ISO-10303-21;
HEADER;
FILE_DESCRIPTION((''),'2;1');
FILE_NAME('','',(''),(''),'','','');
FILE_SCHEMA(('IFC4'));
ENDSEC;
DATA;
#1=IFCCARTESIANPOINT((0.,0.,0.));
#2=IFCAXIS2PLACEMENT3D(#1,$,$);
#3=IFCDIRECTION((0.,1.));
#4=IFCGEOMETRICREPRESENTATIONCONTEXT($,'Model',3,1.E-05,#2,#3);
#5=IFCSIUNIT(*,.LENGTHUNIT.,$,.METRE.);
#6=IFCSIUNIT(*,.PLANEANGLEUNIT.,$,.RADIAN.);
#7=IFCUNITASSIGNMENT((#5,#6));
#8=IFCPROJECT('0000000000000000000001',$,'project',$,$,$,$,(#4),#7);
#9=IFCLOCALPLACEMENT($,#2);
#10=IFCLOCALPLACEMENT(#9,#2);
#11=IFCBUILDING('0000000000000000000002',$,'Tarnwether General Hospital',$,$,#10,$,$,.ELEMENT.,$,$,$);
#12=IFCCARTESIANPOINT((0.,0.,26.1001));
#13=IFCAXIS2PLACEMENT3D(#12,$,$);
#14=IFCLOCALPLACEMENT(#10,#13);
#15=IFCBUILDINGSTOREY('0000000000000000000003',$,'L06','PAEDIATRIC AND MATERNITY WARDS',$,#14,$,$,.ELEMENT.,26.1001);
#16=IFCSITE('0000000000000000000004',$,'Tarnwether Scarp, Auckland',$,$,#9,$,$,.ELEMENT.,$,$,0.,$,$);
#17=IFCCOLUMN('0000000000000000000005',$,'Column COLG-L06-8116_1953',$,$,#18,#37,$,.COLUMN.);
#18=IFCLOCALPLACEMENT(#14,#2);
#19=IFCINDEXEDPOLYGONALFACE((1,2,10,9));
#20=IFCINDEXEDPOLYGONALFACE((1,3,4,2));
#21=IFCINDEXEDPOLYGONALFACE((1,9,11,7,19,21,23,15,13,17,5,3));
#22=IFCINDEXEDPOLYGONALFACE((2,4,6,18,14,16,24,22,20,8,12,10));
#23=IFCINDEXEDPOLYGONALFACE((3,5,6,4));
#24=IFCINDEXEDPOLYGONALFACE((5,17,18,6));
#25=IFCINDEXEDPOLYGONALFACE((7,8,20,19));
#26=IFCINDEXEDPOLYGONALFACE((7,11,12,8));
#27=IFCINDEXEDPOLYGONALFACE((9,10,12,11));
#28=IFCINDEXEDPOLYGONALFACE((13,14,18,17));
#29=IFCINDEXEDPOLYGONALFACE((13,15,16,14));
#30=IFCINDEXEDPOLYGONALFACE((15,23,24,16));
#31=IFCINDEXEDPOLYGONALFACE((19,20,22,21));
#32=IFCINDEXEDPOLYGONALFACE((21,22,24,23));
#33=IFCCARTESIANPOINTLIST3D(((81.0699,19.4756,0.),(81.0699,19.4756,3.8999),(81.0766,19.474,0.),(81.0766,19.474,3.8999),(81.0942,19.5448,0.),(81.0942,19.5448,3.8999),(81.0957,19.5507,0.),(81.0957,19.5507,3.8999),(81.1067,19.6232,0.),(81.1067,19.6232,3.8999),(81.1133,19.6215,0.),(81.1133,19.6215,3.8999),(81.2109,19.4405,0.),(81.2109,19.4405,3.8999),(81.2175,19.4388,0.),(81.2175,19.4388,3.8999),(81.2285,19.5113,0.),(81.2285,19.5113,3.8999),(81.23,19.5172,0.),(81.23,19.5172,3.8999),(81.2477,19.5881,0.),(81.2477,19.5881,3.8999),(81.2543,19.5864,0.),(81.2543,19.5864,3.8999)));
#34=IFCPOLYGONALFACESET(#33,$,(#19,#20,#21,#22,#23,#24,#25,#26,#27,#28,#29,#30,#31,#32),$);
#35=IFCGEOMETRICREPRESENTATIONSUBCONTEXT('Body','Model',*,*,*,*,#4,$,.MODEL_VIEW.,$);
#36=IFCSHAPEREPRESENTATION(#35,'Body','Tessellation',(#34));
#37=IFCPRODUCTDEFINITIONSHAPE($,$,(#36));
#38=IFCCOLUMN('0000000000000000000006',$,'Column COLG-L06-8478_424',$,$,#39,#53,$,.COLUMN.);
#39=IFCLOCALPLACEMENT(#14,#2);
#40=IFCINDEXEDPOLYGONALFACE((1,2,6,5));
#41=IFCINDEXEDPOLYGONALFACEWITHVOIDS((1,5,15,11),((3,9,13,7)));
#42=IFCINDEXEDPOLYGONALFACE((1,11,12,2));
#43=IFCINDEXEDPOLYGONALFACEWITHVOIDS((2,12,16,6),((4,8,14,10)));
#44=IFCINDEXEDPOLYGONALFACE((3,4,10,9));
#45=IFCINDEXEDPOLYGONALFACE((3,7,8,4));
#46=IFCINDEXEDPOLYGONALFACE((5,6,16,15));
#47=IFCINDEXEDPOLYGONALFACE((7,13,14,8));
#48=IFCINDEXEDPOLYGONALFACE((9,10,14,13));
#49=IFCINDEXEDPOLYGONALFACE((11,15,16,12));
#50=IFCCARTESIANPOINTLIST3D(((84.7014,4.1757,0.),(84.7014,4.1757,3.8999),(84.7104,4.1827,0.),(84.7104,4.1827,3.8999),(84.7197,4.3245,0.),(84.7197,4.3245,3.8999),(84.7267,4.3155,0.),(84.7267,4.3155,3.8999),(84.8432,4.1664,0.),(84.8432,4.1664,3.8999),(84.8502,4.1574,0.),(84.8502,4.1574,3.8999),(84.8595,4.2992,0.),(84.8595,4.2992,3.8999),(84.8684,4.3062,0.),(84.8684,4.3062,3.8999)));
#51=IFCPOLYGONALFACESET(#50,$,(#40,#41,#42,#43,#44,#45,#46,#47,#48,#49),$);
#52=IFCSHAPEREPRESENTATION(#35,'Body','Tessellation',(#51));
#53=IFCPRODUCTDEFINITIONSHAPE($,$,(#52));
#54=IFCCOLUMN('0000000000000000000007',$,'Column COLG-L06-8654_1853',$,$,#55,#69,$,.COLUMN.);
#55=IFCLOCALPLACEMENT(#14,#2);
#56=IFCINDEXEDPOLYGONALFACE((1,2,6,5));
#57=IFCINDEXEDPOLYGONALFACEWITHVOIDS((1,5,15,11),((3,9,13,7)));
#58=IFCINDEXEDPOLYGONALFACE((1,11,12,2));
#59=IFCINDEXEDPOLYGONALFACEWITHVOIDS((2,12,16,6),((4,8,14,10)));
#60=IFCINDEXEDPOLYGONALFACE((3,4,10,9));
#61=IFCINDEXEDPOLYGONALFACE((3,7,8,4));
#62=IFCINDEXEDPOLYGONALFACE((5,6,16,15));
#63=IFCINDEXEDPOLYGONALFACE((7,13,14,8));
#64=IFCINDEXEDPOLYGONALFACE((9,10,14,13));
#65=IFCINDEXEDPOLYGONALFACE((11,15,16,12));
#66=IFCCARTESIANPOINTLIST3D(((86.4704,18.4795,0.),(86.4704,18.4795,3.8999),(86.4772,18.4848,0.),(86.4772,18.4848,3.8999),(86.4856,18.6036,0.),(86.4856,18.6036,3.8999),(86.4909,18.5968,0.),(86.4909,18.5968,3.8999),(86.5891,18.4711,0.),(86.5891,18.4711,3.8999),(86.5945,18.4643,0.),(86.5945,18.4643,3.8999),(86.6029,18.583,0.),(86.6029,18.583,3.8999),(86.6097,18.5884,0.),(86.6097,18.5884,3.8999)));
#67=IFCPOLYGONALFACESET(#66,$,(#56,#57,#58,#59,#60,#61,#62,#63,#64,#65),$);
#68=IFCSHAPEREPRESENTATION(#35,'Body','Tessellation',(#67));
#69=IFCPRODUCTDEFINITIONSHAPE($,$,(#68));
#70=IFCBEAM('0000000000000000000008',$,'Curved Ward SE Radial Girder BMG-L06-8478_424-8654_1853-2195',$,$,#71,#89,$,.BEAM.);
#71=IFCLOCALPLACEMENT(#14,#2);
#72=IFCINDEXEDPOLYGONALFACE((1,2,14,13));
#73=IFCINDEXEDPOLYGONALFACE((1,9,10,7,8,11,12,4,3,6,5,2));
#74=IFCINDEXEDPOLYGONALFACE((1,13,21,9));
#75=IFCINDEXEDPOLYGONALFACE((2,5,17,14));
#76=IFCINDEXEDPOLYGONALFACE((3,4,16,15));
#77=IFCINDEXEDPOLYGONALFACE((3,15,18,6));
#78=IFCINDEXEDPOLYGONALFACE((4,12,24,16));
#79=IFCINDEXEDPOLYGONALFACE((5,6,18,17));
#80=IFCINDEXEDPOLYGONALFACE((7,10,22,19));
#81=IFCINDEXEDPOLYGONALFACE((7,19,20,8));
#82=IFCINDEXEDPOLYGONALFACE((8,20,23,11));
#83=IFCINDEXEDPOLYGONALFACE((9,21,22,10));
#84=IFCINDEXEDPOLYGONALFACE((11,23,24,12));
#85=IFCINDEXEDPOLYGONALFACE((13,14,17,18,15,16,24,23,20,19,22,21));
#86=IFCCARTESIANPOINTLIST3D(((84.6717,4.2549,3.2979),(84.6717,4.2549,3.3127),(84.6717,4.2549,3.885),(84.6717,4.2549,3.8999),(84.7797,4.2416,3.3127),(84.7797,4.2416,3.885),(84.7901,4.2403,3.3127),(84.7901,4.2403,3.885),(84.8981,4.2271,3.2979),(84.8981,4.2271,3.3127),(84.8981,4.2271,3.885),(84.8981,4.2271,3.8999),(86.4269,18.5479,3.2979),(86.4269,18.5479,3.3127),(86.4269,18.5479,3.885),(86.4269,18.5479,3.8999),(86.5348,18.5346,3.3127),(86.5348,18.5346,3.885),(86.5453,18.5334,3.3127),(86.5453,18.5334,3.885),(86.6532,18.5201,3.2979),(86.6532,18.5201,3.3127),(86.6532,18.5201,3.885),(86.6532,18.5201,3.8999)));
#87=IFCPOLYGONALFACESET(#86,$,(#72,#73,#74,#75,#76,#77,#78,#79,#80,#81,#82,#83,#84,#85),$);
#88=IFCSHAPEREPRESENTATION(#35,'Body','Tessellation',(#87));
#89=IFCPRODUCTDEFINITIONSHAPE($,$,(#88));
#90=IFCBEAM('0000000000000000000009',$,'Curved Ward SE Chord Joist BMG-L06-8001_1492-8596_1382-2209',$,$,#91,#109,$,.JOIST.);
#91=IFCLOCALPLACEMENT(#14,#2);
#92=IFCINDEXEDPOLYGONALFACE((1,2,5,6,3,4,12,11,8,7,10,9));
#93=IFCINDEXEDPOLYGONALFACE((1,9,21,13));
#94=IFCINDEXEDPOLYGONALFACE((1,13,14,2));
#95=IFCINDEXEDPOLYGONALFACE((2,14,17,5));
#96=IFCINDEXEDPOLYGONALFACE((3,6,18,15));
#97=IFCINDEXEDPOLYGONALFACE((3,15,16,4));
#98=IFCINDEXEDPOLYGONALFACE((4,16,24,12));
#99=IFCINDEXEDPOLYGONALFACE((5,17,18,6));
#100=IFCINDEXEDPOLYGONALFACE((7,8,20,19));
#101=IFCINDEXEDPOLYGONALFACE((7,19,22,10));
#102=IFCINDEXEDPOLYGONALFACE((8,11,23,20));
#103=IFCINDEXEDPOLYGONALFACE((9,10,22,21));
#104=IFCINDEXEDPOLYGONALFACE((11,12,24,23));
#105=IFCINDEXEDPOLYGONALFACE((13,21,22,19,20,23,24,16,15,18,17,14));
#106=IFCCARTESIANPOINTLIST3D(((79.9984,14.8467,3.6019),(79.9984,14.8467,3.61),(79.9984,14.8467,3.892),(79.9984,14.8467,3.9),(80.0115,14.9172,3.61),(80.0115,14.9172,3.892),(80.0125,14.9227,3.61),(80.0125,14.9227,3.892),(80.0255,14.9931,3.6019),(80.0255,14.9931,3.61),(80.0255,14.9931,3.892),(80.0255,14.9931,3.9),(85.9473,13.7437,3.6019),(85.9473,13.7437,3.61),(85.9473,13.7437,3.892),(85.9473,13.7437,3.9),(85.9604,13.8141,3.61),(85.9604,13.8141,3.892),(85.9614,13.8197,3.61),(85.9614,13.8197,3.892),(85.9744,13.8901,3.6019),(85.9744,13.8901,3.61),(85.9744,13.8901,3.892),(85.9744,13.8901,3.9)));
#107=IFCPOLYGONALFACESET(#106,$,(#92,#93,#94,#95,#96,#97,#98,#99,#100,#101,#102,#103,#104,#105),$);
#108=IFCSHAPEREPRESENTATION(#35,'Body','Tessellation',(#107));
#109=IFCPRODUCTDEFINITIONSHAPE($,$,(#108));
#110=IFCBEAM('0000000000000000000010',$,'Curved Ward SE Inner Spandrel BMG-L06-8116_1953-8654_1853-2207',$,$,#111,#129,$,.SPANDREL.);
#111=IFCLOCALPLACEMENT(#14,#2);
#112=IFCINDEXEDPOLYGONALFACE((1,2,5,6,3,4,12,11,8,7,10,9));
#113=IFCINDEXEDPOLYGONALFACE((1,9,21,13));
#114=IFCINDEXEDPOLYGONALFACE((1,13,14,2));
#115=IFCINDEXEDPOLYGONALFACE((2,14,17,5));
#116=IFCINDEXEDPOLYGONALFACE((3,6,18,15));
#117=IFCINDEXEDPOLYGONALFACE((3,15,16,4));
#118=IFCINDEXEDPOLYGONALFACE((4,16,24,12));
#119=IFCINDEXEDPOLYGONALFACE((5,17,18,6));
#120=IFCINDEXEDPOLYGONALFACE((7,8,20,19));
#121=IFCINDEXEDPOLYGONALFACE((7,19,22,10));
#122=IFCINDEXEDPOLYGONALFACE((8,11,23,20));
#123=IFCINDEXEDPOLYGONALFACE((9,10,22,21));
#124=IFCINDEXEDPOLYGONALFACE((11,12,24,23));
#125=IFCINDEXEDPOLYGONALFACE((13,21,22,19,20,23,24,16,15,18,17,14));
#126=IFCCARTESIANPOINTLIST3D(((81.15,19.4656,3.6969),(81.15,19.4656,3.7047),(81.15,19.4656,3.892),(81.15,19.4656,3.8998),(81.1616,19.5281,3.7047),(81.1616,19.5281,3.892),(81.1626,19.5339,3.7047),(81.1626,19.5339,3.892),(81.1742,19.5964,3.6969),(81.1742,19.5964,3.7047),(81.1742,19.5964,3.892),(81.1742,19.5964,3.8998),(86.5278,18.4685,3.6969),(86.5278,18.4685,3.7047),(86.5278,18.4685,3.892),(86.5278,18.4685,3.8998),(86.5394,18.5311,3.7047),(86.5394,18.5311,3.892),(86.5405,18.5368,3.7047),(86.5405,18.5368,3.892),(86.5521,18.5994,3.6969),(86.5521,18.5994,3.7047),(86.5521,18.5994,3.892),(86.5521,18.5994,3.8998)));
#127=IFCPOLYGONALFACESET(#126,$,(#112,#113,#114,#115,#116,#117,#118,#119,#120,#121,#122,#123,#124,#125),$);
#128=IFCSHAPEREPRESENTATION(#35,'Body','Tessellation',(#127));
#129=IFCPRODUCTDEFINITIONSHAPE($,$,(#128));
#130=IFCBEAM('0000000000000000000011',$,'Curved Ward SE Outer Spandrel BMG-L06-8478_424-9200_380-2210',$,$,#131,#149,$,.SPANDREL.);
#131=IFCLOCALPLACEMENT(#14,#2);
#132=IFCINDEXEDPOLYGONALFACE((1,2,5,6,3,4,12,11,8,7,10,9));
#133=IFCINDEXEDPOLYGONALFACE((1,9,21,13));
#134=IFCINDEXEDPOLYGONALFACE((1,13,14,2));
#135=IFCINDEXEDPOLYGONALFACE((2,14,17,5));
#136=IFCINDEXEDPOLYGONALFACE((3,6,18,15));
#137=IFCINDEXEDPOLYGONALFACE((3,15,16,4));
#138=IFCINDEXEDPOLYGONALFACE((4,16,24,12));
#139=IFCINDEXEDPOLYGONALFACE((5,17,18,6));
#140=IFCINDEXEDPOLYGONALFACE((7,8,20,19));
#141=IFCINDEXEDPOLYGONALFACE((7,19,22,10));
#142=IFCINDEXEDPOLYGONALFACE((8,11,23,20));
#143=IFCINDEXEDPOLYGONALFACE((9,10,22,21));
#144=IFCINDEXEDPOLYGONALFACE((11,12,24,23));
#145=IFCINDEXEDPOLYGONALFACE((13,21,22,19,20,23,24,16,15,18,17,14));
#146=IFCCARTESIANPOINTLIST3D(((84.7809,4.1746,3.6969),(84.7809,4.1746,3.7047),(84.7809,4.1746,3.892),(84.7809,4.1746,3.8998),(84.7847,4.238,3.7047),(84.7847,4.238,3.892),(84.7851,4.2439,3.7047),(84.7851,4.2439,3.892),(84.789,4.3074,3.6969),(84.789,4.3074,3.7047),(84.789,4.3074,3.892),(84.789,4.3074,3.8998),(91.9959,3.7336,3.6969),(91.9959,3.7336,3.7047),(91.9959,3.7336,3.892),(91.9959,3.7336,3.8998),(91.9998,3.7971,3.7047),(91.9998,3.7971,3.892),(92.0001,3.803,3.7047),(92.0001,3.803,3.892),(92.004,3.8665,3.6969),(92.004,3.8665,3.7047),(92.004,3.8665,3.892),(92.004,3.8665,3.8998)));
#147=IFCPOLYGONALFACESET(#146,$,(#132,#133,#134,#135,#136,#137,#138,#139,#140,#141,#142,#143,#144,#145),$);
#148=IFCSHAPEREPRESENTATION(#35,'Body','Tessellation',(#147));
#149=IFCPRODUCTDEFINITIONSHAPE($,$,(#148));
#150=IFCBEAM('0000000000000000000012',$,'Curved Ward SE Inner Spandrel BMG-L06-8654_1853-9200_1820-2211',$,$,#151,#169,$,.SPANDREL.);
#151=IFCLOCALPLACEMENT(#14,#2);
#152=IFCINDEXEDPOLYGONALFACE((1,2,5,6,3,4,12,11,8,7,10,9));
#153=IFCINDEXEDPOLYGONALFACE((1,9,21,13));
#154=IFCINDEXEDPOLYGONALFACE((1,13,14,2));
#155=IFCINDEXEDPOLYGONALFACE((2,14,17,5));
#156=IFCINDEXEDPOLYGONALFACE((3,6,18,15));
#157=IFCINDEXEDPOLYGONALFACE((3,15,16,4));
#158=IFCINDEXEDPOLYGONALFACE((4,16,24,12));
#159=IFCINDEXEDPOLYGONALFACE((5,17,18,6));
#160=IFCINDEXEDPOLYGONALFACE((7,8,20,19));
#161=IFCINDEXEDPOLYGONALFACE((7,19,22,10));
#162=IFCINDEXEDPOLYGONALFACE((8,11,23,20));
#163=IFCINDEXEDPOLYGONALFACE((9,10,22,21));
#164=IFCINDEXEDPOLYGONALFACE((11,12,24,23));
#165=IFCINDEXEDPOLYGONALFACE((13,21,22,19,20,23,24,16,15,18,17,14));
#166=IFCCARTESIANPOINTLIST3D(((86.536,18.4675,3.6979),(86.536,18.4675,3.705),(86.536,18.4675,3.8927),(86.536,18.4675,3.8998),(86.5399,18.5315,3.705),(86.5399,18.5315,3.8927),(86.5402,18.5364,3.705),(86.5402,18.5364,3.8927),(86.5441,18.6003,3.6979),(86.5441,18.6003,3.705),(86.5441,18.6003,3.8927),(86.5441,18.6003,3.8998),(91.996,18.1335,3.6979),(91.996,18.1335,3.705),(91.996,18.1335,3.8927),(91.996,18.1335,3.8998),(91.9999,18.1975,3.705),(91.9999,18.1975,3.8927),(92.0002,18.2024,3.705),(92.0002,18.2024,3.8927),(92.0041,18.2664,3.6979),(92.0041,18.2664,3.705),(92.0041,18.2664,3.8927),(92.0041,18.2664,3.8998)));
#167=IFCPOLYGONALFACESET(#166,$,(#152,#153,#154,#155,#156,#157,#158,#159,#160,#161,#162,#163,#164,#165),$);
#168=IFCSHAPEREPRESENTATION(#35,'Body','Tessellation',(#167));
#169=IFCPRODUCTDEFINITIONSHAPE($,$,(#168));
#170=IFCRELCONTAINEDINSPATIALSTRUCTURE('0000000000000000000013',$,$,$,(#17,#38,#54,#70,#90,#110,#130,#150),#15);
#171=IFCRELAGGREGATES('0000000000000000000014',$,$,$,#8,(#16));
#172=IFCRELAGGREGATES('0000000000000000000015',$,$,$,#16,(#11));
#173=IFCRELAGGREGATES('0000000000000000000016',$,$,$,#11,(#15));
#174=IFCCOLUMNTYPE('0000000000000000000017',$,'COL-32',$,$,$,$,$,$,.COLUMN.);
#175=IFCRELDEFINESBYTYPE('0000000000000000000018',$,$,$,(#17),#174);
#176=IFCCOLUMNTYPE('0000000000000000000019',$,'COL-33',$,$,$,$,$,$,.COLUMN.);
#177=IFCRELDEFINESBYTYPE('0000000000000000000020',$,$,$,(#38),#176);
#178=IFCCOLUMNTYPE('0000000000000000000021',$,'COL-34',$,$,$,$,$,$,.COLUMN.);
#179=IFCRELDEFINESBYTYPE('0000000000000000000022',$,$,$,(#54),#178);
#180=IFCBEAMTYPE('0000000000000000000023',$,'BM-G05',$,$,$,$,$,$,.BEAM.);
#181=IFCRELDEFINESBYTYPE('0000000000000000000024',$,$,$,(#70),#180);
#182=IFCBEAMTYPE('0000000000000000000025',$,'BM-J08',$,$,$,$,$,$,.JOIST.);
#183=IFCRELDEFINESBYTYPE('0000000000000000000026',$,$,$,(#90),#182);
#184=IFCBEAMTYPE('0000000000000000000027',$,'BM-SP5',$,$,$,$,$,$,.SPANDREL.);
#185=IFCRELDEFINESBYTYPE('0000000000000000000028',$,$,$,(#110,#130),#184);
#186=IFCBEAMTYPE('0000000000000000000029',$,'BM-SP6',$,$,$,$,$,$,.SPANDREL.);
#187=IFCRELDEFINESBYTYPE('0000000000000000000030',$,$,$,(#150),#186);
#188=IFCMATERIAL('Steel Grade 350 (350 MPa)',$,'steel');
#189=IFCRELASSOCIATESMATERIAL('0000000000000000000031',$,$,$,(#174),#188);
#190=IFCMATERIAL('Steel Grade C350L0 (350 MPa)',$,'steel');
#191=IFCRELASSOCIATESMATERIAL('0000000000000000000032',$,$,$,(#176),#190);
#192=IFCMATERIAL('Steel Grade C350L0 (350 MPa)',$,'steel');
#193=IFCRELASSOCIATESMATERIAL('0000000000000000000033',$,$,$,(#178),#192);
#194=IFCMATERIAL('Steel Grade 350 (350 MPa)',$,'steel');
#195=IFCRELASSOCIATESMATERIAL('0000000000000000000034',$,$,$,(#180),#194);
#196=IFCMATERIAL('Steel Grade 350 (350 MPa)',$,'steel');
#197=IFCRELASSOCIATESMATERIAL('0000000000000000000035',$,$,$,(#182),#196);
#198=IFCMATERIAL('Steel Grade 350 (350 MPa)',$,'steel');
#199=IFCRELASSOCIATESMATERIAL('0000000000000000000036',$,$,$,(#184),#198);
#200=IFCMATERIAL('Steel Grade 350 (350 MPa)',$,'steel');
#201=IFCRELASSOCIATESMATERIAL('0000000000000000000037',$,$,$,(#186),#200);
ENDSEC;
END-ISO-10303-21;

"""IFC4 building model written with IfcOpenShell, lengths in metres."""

from ifc_helpers import new_model, si_unit, direction, frame, origin, origin_2d, place, context, subcontext, project, spatial, hollow_rectangle, i_section, extrude, material, material_profile, profile_set, type_object, element, save


model = new_model("IFC4")

# Units and contexts
model_context = context("Model", 3, precision=1e-05, world=origin(), true_north=direction((0.0, 1.0)))
body_context = subcontext(model_context, "Body", "Model", "MODEL_VIEW")
ifc_project = project(units=[si_unit("LENGTHUNIT", "METRE"), si_unit("PLANEANGLEUNIT", "RADIAN")], contexts=[model_context])

# Site, building, storey
site_placement = place(None, origin())
site = spatial("IfcSite", under=ifc_project, at=site_placement, Name="Tarnwether Scarp, Auckland", CompositionType="ELEMENT", RefElevation=0.0)
building_placement = place(site_placement, origin())
building = spatial("IfcBuilding", under=site, at=building_placement, Name="Tarnwether General Hospital", CompositionType="ELEMENT")
storey_placement = place(building_placement, frame((0.0, 0.0, 26.1001)))
storey = spatial("IfcBuildingStorey", under=building, at=storey_placement, Name="L06", Description="PAEDIATRIC AND MATERNITY WARDS", CompositionType="ELEMENT", Elevation=26.1001)

# Columns
ifc_material_1 = material(Name="Steel Grade 350 (350 MPa)", Category="steel")
ifc_material_profile_1 = material_profile(ifc_material_1, i_section(OverallWidth=0.1521, OverallDepth=0.1521, WebThickness=0.0061, FlangeThickness=0.0068, at=origin_2d()), Name="150UC23.4")
ifc_profile_set_1 = profile_set([ifc_material_profile_1], Name="Steel Grade 350 (350 MPa)")
column_type_1 = type_object("IfcColumnType", Name="COL-32", PredefinedType="COLUMN", material=ifc_profile_set_1)
column_1_placement = place(storey_placement, frame((81.1621, 19.531, 0.0), z_axis=(0.0, 0.0, 1.0), x_axis=(0.241922, 0.970296, 0.0)))
element("IfcColumn", 1, at=column_1_placement, inside=storey, type_object=column_type_1, Name="Column COLG-L06-8116_1953", PredefinedType="COLUMN", context=body_context, shape_type="SweptSolid", body=[
    extrude(i_section(OverallWidth=0.1521, OverallDepth=0.1521, WebThickness=0.0061, FlangeThickness=0.0068, at=origin_2d()), origin(), (0.0, 0.0, 1.0), 3.8999),
])
ifc_material_2 = material(Name="Steel Grade C350L0 (350 MPa)", Category="steel")
ifc_material_profile_2 = material_profile(ifc_material_2, hollow_rectangle(XDim=0.1499, YDim=0.1499, WallThickness=0.0081, at=origin_2d()), Name="SHS150x150x8")
ifc_profile_set_2 = profile_set([ifc_material_profile_2], Name="Steel Grade C350L0 (350 MPa)")
column_type_2 = type_object("IfcColumnType", Name="COL-33", PredefinedType="COLUMN", material=ifc_profile_set_2)
column_2_placement = place(storey_placement, frame((84.7849, 4.241, 0.0), z_axis=(0.0, 0.0, 1.0), x_axis=(0.121869, 0.992546, 0.0)))
element("IfcColumn", 2, at=column_2_placement, inside=storey, type_object=column_type_2, Name="Column COLG-L06-8478_424", PredefinedType="COLUMN", context=body_context, shape_type="SweptSolid", body=[
    extrude(hollow_rectangle(XDim=0.1499, YDim=0.1499, WallThickness=0.0081, at=origin_2d()), origin(), (0.0, 0.0, 1.0), 3.8999),
])
ifc_material_3 = material(Name="Steel Grade C350L0 (350 MPa)", Category="steel")
ifc_material_profile_3 = material_profile(ifc_material_3, hollow_rectangle(XDim=0.125, YDim=0.125, WallThickness=0.0061, at=origin_2d()), Name="SHS125x125x6")
ifc_profile_set_3 = profile_set([ifc_material_profile_3], Name="Steel Grade C350L0 (350 MPa)")
column_type_3 = type_object("IfcColumnType", Name="COL-34", PredefinedType="COLUMN", material=ifc_profile_set_3)
column_3_placement = place(storey_placement, frame((86.54, 18.5339, 0.0), z_axis=(0.0, 0.0, 1.0), x_axis=(0.121869, 0.992546, 0.0)))
element("IfcColumn", 3, at=column_3_placement, inside=storey, type_object=column_type_3, Name="Column COLG-L06-8654_1853", PredefinedType="COLUMN", context=body_context, shape_type="SweptSolid", body=[
    extrude(hollow_rectangle(XDim=0.125, YDim=0.125, WallThickness=0.0061, at=origin_2d()), origin(), (0.0, 0.0, 1.0), 3.8999),
])

# Beams
ifc_material_4 = material(Name="Steel Grade 350 (350 MPa)", Category="steel")
ifc_material_profile_4 = material_profile(ifc_material_4, i_section(OverallWidth=0.228, OverallDepth=0.6021, WebThickness=0.0105, FlangeThickness=0.0149, at=origin_2d()), Name="610UB101")
ifc_profile_set_4 = profile_set([ifc_material_profile_4], Name="Steel Grade 350 (350 MPa)")
beam_type_1 = type_object("IfcBeamType", Name="BM-G05", PredefinedType="BEAM", material=ifc_profile_set_4)
beam_1_placement = place(storey_placement, frame((84.7849, 4.241, 3.5989), z_axis=(0.121881, 0.992545, 0.0), x_axis=(-0.992545, 0.121881, 0.0)))
element("IfcBeam", 4, at=beam_1_placement, inside=storey, type_object=beam_type_1, Name="Curved Ward SE Radial Girder BMG-L06-8478_424-8654_1853-2195", PredefinedType="BEAM", context=body_context, shape_type="SweptSolid", body=[
    extrude(i_section(OverallWidth=0.228, OverallDepth=0.6021, WebThickness=0.0105, FlangeThickness=0.0149, at=origin_2d()), origin(), (0.0, 0.0, 1.0), 14.4004),
])
ifc_material_5 = material(Name="Steel Grade 350 (350 MPa)", Category="steel")
ifc_material_profile_5 = material_profile(ifc_material_5, i_section(OverallWidth=0.1489, OverallDepth=0.2981, WebThickness=0.0056, FlangeThickness=0.0081, at=origin_2d()), Name="310UB32.0")
ifc_profile_set_5 = profile_set([ifc_material_profile_5], Name="Steel Grade 350 (350 MPa)")
beam_type_2 = type_object("IfcBeamType", Name="BM-J08", PredefinedType="JOIST", material=ifc_profile_set_5)
beam_2_placement = place(storey_placement, frame((80.012, 14.9199, 3.751), z_axis=(0.983242, -0.182307, 0.0), x_axis=(0.182307, 0.983242, 0.0)))
element("IfcBeam", 5, at=beam_2_placement, inside=storey, type_object=beam_type_2, Name="Curved Ward SE Chord Joist BMG-L06-8001_1492-8596_1382-2209", PredefinedType="JOIST", context=body_context, shape_type="SweptSolid", body=[
    extrude(i_section(OverallWidth=0.1489, OverallDepth=0.2981, WebThickness=0.0056, FlangeThickness=0.0081, at=origin_2d()), origin(), (0.0, 0.0, 1.0), 6.0503),
])
ifc_material_6 = material(Name="Steel Grade 350 (350 MPa)", Category="steel")
ifc_material_profile_6 = material_profile(ifc_material_6, i_section(OverallWidth=0.1331, OverallDepth=0.2029, WebThickness=0.0059, FlangeThickness=0.0078, at=origin_2d()), Name="200UB25.4")
ifc_profile_set_6 = profile_set([ifc_material_profile_6], Name="Steel Grade 350 (350 MPa)")
beam_type_3 = type_object("IfcBeamType", Name="BM-SP5", PredefinedType="SPANDREL", material=ifc_profile_set_6)
beam_3_placement = place(storey_placement, frame((81.1621, 19.531, 3.7983), z_axis=(0.983244, -0.182294, 0.0), x_axis=(0.182294, 0.983244, 0.0)))
element("IfcBeam", 6, at=beam_3_placement, inside=storey, type_object=beam_type_3, Name="Curved Ward SE Inner Spandrel BMG-L06-8116_1953-8654_1853-2207", PredefinedType="SPANDREL", context=body_context, shape_type="SweptSolid", body=[
    extrude(i_section(OverallWidth=0.1331, OverallDepth=0.2029, WebThickness=0.0059, FlangeThickness=0.0078, at=origin_2d()), origin(), (0.0, 0.0, 1.0), 5.4695),
])
beam_4_placement = place(storey_placement, frame((84.7849, 4.241, 3.7983), z_axis=(0.998138, -0.060997, 0.0), x_axis=(0.060997, 0.998138, 0.0)))
element("IfcBeam", 7, at=beam_4_placement, inside=storey, type_object=beam_type_3, Name="Curved Ward SE Outer Spandrel BMG-L06-8478_424-9200_380-2210", PredefinedType="SPANDREL", context=body_context, shape_type="SweptSolid", body=[
    extrude(i_section(OverallWidth=0.1331, OverallDepth=0.2029, WebThickness=0.0059, FlangeThickness=0.0078, at=origin_2d()), origin(), (0.0, 0.0, 1.0), 7.2285),
])
ifc_material_7 = material(Name="Steel Grade 350 (350 MPa)", Category="steel")
ifc_material_profile_7 = material_profile(ifc_material_7, i_section(OverallWidth=0.1331, OverallDepth=0.2019, WebThickness=0.0049, FlangeThickness=0.0071, at=origin_2d()), Name="200UB22.3")
ifc_profile_set_7 = profile_set([ifc_material_profile_7], Name="Steel Grade 350 (350 MPa)")
beam_type_4 = type_object("IfcBeamType", Name="BM-SP6", PredefinedType="SPANDREL", material=ifc_profile_set_7)
beam_5_placement = place(storey_placement, frame((86.54, 18.5339, 3.7988), z_axis=(0.998134, -0.061056, 0.0), x_axis=(0.061056, 0.998134, 0.0)))
element("IfcBeam", 8, at=beam_5_placement, inside=storey, type_object=beam_type_4, Name="Curved Ward SE Inner Spandrel BMG-L06-8654_1853-9200_1820-2211", PredefinedType="SPANDREL", context=body_context, shape_type="SweptSolid", body=[
    extrude(i_section(OverallWidth=0.1331, OverallDepth=0.2019, WebThickness=0.0049, FlangeThickness=0.0071, at=origin_2d()), origin(), (0.0, 0.0, 1.0), 5.4702),
])

save(model, "model.ifc")
